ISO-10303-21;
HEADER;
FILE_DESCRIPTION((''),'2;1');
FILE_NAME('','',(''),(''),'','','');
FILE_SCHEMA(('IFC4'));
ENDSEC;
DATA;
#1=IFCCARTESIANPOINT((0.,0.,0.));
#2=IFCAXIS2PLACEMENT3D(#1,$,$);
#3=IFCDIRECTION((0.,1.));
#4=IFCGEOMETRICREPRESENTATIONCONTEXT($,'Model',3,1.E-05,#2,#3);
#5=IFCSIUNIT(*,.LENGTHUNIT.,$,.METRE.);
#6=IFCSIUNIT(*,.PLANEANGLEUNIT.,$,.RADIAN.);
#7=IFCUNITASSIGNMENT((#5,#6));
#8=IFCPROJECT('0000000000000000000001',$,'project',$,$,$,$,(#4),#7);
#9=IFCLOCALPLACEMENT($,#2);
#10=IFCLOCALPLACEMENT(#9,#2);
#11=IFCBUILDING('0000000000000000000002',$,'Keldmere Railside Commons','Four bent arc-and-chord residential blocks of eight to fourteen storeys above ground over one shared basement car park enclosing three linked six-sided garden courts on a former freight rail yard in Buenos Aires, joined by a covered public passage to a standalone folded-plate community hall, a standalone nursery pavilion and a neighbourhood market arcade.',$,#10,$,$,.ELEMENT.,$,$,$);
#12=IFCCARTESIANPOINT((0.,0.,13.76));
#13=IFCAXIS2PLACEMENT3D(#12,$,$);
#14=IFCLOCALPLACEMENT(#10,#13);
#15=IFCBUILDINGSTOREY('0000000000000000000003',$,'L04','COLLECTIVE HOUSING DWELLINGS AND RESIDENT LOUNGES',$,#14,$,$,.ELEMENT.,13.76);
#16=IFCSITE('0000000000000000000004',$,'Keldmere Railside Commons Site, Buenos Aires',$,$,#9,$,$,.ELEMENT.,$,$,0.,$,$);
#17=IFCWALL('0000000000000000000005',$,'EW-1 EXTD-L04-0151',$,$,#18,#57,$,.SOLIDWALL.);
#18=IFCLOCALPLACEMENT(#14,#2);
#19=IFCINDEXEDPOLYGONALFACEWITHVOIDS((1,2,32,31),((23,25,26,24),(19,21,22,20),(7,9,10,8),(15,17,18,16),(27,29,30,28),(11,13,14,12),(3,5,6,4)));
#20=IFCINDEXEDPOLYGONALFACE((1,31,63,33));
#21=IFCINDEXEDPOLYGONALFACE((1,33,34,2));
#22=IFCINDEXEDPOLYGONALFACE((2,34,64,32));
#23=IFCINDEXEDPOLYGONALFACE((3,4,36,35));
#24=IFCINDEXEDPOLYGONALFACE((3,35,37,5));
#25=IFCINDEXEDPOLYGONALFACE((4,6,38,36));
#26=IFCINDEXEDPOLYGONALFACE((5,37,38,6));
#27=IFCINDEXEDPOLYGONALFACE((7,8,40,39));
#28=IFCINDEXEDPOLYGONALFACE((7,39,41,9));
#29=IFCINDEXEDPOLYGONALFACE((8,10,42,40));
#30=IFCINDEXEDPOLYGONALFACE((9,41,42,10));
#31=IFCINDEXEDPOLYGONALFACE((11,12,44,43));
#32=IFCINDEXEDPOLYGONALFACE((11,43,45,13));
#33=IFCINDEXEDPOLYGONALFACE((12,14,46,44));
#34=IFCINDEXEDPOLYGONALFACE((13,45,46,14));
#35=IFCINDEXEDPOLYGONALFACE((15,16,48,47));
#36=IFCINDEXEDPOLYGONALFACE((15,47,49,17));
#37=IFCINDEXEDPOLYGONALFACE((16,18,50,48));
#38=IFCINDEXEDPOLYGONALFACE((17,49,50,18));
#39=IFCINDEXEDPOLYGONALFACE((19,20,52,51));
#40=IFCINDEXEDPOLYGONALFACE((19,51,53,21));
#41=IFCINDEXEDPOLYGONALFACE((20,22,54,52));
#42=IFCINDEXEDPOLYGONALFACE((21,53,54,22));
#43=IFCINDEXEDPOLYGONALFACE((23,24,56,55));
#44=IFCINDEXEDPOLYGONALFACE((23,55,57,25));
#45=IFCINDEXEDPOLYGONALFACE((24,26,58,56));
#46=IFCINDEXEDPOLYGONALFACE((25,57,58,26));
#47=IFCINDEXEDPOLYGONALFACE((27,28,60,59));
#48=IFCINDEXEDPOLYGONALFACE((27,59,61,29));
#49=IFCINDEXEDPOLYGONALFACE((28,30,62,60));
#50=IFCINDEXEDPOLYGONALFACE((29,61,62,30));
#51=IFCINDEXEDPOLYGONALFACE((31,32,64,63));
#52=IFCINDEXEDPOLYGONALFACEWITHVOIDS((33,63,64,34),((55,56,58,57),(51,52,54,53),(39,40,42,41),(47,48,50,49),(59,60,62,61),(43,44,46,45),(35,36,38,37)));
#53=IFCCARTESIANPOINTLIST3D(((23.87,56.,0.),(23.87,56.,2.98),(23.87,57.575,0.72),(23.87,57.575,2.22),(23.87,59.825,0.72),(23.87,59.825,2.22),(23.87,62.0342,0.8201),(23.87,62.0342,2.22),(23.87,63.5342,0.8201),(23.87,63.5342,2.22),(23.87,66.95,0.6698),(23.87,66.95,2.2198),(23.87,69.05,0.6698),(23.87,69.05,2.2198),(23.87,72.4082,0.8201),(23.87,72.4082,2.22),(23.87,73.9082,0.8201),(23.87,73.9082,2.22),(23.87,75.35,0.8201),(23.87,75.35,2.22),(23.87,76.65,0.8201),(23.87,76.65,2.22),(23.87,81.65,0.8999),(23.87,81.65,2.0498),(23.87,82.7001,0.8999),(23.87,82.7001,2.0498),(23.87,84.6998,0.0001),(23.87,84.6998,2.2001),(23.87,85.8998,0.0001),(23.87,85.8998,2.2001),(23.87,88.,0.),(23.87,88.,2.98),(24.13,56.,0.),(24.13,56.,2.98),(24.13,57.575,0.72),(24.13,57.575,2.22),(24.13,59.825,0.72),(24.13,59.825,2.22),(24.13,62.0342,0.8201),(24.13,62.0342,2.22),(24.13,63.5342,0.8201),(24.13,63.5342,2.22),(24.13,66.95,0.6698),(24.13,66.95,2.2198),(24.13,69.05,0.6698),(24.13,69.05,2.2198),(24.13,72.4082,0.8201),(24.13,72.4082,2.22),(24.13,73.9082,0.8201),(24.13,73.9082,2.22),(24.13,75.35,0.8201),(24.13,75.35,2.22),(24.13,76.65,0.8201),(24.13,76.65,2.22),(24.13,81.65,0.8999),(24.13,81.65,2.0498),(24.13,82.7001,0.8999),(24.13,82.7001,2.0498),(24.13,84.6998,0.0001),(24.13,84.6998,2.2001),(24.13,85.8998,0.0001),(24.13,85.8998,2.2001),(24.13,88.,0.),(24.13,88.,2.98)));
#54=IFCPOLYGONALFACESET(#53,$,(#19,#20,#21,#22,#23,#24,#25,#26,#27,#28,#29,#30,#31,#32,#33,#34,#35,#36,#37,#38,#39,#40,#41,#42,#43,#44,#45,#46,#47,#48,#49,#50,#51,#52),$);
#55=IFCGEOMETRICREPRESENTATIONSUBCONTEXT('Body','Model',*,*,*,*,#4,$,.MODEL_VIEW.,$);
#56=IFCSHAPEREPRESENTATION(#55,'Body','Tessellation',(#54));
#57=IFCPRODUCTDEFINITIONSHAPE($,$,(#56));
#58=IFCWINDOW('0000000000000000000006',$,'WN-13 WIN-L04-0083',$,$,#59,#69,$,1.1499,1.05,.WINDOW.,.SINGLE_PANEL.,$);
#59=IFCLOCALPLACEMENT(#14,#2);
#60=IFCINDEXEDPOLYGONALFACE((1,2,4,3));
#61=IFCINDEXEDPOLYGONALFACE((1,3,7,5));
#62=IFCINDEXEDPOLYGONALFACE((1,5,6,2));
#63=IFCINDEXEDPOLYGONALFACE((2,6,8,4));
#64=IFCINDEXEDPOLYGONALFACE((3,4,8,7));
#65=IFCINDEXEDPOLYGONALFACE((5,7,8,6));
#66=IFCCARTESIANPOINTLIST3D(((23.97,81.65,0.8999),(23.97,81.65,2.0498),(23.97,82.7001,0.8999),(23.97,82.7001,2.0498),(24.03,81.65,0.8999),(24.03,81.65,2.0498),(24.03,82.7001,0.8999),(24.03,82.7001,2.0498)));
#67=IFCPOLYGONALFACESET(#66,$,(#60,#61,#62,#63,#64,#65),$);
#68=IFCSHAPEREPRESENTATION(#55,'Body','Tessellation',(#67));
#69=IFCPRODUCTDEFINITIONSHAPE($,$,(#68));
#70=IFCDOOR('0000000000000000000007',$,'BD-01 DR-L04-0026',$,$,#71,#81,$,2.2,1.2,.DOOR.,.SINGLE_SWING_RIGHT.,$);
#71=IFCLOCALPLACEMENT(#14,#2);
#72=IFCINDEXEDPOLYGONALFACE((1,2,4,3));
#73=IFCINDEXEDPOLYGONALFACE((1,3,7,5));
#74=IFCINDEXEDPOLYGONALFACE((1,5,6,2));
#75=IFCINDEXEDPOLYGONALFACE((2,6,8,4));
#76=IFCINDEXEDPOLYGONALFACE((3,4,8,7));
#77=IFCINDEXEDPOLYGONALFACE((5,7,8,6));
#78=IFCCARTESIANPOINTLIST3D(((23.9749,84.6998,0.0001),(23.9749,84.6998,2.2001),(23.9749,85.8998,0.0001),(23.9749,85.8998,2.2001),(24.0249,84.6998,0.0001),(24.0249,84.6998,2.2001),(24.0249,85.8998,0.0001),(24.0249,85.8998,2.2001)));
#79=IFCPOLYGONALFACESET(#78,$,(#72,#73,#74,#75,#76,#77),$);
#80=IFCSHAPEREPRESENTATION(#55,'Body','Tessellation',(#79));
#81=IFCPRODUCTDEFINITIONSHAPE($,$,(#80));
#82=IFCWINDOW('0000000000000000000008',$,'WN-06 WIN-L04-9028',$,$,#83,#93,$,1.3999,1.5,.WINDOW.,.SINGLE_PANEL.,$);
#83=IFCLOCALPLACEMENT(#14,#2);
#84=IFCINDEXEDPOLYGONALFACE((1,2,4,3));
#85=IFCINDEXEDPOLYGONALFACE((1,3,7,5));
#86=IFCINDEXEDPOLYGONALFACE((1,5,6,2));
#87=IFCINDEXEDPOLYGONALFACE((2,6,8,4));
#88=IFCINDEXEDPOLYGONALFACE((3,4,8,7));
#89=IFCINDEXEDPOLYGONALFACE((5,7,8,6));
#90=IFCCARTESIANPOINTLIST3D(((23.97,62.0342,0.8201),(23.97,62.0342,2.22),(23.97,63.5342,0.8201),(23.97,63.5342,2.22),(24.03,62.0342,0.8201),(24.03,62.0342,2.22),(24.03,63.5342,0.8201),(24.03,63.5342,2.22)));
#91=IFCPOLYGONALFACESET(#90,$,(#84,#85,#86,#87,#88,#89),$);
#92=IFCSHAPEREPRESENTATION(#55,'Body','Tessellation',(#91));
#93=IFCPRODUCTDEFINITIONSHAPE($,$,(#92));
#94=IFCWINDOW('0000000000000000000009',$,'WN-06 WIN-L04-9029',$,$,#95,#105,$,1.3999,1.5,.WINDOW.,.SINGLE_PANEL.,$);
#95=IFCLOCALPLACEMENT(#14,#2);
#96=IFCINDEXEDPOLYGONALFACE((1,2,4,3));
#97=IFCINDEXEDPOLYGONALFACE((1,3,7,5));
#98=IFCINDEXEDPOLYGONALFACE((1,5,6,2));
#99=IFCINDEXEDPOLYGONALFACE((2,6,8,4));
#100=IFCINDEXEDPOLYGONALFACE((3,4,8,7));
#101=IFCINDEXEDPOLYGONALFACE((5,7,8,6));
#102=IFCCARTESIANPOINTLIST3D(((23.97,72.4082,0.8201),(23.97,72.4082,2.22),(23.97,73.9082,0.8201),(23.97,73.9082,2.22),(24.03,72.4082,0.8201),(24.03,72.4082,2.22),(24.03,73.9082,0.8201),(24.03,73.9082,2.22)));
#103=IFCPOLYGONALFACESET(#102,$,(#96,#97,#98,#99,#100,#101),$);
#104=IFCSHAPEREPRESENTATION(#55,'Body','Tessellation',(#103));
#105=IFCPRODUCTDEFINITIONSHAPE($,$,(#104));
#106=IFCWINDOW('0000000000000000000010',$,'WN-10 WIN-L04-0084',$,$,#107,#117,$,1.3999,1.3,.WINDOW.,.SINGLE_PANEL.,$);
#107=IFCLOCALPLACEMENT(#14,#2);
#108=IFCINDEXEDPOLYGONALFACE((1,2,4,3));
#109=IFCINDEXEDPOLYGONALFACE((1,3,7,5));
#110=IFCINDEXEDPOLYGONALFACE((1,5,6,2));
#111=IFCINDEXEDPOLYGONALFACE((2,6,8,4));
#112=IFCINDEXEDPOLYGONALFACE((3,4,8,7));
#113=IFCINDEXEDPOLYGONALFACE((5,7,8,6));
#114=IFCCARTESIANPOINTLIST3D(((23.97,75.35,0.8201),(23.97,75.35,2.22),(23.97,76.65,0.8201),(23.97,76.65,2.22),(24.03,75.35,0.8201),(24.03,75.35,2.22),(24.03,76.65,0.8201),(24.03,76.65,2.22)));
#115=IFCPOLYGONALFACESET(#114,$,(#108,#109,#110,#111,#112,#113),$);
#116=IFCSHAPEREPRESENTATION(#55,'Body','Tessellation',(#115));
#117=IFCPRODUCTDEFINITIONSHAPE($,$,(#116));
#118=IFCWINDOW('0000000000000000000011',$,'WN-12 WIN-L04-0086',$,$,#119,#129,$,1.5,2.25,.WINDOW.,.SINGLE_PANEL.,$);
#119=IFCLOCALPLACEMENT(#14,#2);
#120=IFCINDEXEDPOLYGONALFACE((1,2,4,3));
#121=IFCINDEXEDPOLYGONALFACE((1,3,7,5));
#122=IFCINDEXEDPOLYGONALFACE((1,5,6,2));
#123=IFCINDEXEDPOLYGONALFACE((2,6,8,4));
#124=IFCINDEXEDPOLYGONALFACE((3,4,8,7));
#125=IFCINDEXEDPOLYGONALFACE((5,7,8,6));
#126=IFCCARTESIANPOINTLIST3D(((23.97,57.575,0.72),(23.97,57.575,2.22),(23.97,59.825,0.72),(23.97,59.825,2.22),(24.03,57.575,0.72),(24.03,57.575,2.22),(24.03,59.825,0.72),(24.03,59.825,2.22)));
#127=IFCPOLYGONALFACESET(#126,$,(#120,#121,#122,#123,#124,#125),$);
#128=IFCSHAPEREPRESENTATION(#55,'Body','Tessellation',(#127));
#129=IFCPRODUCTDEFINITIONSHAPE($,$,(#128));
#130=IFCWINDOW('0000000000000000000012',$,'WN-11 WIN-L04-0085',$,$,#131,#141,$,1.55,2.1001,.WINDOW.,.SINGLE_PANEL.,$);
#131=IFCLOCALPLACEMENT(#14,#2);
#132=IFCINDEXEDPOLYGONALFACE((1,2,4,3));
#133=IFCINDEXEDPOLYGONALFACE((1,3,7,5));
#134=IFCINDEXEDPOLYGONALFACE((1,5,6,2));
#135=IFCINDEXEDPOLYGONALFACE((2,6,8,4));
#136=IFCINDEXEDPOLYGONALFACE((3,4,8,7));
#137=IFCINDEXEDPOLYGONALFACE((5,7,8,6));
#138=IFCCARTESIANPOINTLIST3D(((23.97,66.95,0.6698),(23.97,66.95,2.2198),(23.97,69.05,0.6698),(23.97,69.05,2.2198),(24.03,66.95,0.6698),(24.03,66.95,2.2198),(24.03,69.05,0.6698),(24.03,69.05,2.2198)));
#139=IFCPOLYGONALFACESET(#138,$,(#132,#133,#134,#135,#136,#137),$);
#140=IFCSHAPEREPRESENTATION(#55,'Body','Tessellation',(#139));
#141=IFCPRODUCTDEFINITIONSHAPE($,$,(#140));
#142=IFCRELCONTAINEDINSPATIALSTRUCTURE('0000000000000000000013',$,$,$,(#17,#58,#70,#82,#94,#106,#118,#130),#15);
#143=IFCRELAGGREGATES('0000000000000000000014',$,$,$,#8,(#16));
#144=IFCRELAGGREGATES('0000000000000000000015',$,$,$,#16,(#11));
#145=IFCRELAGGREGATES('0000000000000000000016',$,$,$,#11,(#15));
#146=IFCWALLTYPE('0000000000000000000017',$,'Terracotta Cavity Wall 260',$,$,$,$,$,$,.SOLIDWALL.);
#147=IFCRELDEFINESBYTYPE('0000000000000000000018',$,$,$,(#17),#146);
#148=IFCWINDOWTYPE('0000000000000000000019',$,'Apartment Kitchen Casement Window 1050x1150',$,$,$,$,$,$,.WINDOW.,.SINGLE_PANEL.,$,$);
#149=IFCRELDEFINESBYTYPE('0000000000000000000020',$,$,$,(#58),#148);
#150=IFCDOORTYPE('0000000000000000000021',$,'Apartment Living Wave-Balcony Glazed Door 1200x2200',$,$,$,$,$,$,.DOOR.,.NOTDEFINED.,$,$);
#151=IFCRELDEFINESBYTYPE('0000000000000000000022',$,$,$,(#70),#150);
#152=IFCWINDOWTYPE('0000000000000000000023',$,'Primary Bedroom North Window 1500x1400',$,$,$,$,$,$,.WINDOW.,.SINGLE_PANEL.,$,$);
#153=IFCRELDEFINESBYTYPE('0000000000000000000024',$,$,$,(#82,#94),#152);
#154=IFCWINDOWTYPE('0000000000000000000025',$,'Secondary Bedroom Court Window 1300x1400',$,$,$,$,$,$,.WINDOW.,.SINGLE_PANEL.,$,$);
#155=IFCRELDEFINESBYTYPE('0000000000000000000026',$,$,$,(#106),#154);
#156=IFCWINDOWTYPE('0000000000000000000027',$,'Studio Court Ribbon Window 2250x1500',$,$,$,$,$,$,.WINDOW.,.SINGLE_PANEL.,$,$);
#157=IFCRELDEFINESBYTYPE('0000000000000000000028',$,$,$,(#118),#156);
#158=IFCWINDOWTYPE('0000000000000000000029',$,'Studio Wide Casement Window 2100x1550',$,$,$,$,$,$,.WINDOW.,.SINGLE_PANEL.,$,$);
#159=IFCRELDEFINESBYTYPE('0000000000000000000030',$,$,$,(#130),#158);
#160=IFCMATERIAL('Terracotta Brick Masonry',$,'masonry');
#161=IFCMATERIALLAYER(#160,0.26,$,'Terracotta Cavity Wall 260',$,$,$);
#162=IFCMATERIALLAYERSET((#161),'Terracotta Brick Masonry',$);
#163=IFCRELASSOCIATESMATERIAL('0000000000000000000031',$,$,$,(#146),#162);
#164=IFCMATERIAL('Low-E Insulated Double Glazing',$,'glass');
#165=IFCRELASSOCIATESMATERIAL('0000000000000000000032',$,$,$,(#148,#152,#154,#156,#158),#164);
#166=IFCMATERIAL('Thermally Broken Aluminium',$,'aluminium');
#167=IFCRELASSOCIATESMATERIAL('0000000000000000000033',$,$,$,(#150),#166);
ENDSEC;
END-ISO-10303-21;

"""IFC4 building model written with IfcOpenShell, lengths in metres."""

from ifc_helpers import new_model, si_unit, direction, frame, frame_2d, origin, place, context, subcontext, project, spatial, rectangle, extrude, material, layer, layer_set, type_object, element, fill, save


model = new_model("IFC4")

# Units and contexts
model_context = context("Model", 3, precision=1e-05, world=origin(), true_north=direction((0.0, 1.0)))
body_context = subcontext(model_context, "Body", "Model", "MODEL_VIEW")
ifc_project = project(units=[si_unit("LENGTHUNIT", "METRE"), si_unit("PLANEANGLEUNIT", "RADIAN")], contexts=[model_context])

# Site, building, storey
site_placement = place(None, origin())
site = spatial("IfcSite", under=ifc_project, at=site_placement, Name="Keldmere Railside Commons Site, Buenos Aires", CompositionType="ELEMENT", RefElevation=0.0)
building_placement = place(site_placement, origin())
building = spatial("IfcBuilding", under=site, at=building_placement, Name="Keldmere Railside Commons", Description="Four bent arc-and-chord residential blocks of eight to fourteen storeys above ground over one shared basement car park enclosing three linked six-sided garden courts on a former freight rail yard in Buenos Aires, joined by a covered public passage to a standalone folded-plate community hall, a standalone nursery pavilion and a neighbourhood market arcade.", CompositionType="ELEMENT")
storey_placement = place(building_placement, frame((0.0, 0.0, 13.76)))
storey = spatial("IfcBuildingStorey", under=building, at=storey_placement, Name="L04", Description="COLLECTIVE HOUSING DWELLINGS AND RESIDENT LOUNGES", CompositionType="ELEMENT", Elevation=13.76)

# Shared definitions
ifc_material_1 = material(Name="Thermally Broken Aluminium", Category="aluminium")

# Wall, openings, windows, door
ifc_material_2 = material(Name="Terracotta Brick Masonry", Category="masonry")
ifc_layer_1 = layer(ifc_material_2, 0.26, Name="Terracotta Cavity Wall 260")
ifc_layer_set_1 = layer_set([ifc_layer_1], Name="Terracotta Brick Masonry")
wall_type = type_object("IfcWallType", Name="Terracotta Cavity Wall 260", PredefinedType="SOLIDWALL", material=ifc_layer_set_1)
wall_placement = place(storey_placement, frame((24.0, 88.0, 0.0), z_axis=(0.0, 0.0, 1.0), x_axis=(0.0, -1.0, 0.0)))
wall = element("IfcWall", 1, at=wall_placement, inside=storey, type_object=wall_type, Name="EW-1 EXTD-L04-0151", PredefinedType="SOLIDWALL", context=body_context, shape_type="SweptSolid", body=[
    extrude(rectangle(XDim=32.0, YDim=0.26, at=frame_2d((16.0, 0.0))), origin(), (0.0, 0.0, 1.0), 2.98),
])
opening_1_placement = place(wall_placement, frame((2.1001, 0.0, 0.0)))
opening_1 = element("IfcOpeningElement", 2, at=opening_1_placement, cuts=wall, PredefinedType="OPENING", context=body_context, shape_type="SweptSolid", body=[
    extrude(rectangle(XDim=1.2, YDim=2.2, at=frame_2d((0.6001, 1.1001))), frame((0.0, 0.1399, 0.0), z_axis=(0.0, -1.0, 0.0), x_axis=(1.0, 0.0, 0.0)), (0.0, 0.0, 1.0), 0.28),
])
opening_2_placement = place(wall_placement, frame((5.3, 0.0, 0.8999)))
opening_2 = element("IfcOpeningElement", 3, at=opening_2_placement, cuts=wall, PredefinedType="OPENING", context=body_context, shape_type="SweptSolid", body=[
    extrude(rectangle(XDim=1.05, YDim=1.1499, at=frame_2d((0.5249, 0.575))), frame((0.0, 0.1399, 0.0), z_axis=(0.0, -1.0, 0.0), x_axis=(1.0, 0.0, 0.0)), (0.0, 0.0, 1.0), 0.28),
])
opening_3_placement = place(wall_placement, frame((11.3501, 0.0, 0.8201)))
opening_3 = element("IfcOpeningElement", 4, at=opening_3_placement, cuts=wall, PredefinedType="OPENING", context=body_context, shape_type="SweptSolid", body=[
    extrude(rectangle(XDim=1.3, YDim=1.3999, at=frame_2d((0.6499, 0.7))), frame((0.0, 0.1399, 0.0), z_axis=(0.0, -1.0, 0.0), x_axis=(1.0, 0.0, 0.0)), (0.0, 0.0, 1.0), 0.28),
])
opening_4_placement = place(wall_placement, frame((18.95, 0.0, 0.6699)))
opening_4 = element("IfcOpeningElement", 5, at=opening_4_placement, cuts=wall, PredefinedType="OPENING", context=body_context, shape_type="SweptSolid", body=[
    extrude(rectangle(XDim=2.1001, YDim=1.55, at=frame_2d((1.05, 0.7749))), frame((0.0, 0.1399, 0.0), z_axis=(0.0, -1.0, 0.0), x_axis=(1.0, 0.0, 0.0)), (0.0, 0.0, 1.0), 0.28),
])
opening_5_placement = place(wall_placement, frame((28.175, 0.0, 0.72)))
opening_5 = element("IfcOpeningElement", 6, at=opening_5_placement, cuts=wall, PredefinedType="OPENING", context=body_context, shape_type="SweptSolid", body=[
    extrude(rectangle(XDim=2.25, YDim=1.5, at=frame_2d((1.125, 0.75))), frame((0.0, 0.1399, 0.0), z_axis=(0.0, -1.0, 0.0), x_axis=(1.0, 0.0, 0.0)), (0.0, 0.0, 1.0), 0.28),
])
opening_6_placement = place(wall_placement, frame((24.4658, 0.0, 0.8201)))
opening_6 = element("IfcOpeningElement", 7, at=opening_6_placement, cuts=wall, PredefinedType="OPENING", context=body_context, shape_type="SweptSolid", body=[
    extrude(rectangle(XDim=1.5, YDim=1.3999, at=frame_2d((0.75, 0.7))), frame((0.0, 0.1399, 0.0), z_axis=(0.0, -1.0, 0.0), x_axis=(1.0, 0.0, 0.0)), (0.0, 0.0, 1.0), 0.28),
])
opening_7_placement = place(wall_placement, frame((14.0918, 0.0, 0.8201)))
opening_7 = element("IfcOpeningElement", 8, at=opening_7_placement, cuts=wall, PredefinedType="OPENING", context=body_context, shape_type="SweptSolid", body=[
    extrude(rectangle(XDim=1.5, YDim=1.3999, at=frame_2d((0.75, 0.7))), frame((0.0, 0.1399, 0.0), z_axis=(0.0, -1.0, 0.0), x_axis=(1.0, 0.0, 0.0)), (0.0, 0.0, 1.0), 0.28),
])
ifc_material_3 = material(Name="Low-E Insulated Double Glazing", Category="glass")
window_type_1 = type_object("IfcWindowType", Name="Apartment Kitchen Casement Window 1050x1150", PartitioningType="SINGLE_PANEL", PredefinedType="WINDOW", material=ifc_material_3)
window_1_placement = place(opening_2_placement, origin())
window_1 = element("IfcWindow", 9, at=window_1_placement, inside=storey, type_object=window_type_1, Name="WN-13 WIN-L04-0083", OverallHeight=1.1499, OverallWidth=1.05, PartitioningType="SINGLE_PANEL", PredefinedType="WINDOW", context=body_context, shape_type="SweptSolid", body=[
    extrude(rectangle(XDim=1.05, YDim=1.1499, at=frame_2d((0.5249, 0.575))), frame((0.0, 0.03, 0.0), z_axis=(0.0, -1.0, 0.0), x_axis=(1.0, 0.0, 0.0)), (0.0, 0.0, 1.0), 0.0601),
])
fill(opening_2, window_1)
door_type = type_object("IfcDoorType", Name="Apartment Living Wave-Balcony Glazed Door 1200x2200", OperationType="NOTDEFINED", PredefinedType="DOOR", material=ifc_material_1)
door_placement = place(opening_1_placement, origin())
door = element("IfcDoor", 10, at=door_placement, inside=storey, type_object=door_type, Name="BD-01 DR-L04-0026", OperationType="SINGLE_SWING_RIGHT", OverallHeight=2.2, OverallWidth=1.2, PredefinedType="DOOR", context=body_context, shape_type="SweptSolid", body=[
    extrude(rectangle(XDim=1.2, YDim=2.2, at=frame_2d((0.6001, 1.1001))), frame((0.0, 0.0249, 0.0), z_axis=(0.0, -1.0, 0.0), x_axis=(1.0, 0.0, 0.0)), (0.0, 0.0, 1.0), 0.05),
])
fill(opening_1, door)
window_type_2 = type_object("IfcWindowType", Name="Primary Bedroom North Window 1500x1400", PartitioningType="SINGLE_PANEL", PredefinedType="WINDOW", material=ifc_material_3)
window_2_placement = place(opening_6_placement, origin())
window_2 = element("IfcWindow", 11, at=window_2_placement, inside=storey, type_object=window_type_2, Name="WN-06 WIN-L04-9028", OverallHeight=1.3999, OverallWidth=1.5, PartitioningType="SINGLE_PANEL", PredefinedType="WINDOW", context=body_context, shape_type="SweptSolid", body=[
    extrude(rectangle(XDim=1.5, YDim=1.3999, at=frame_2d((0.75, 0.7))), frame((0.0, 0.03, 0.0), z_axis=(0.0, -1.0, 0.0), x_axis=(1.0, 0.0, 0.0)), (0.0, 0.0, 1.0), 0.0601),
])
fill(opening_6, window_2)
window_3_placement = place(opening_7_placement, origin())
window_3 = element("IfcWindow", 12, at=window_3_placement, inside=storey, type_object=window_type_2, Name="WN-06 WIN-L04-9029", OverallHeight=1.3999, OverallWidth=1.5, PartitioningType="SINGLE_PANEL", PredefinedType="WINDOW", context=body_context, shape_type="SweptSolid", body=[
    extrude(rectangle(XDim=1.5, YDim=1.3999, at=frame_2d((0.75, 0.7))), frame((0.0, 0.03, 0.0), z_axis=(0.0, -1.0, 0.0), x_axis=(1.0, 0.0, 0.0)), (0.0, 0.0, 1.0), 0.0601),
])
fill(opening_7, window_3)
window_type_3 = type_object("IfcWindowType", Name="Secondary Bedroom Court Window 1300x1400", PartitioningType="SINGLE_PANEL", PredefinedType="WINDOW", material=ifc_material_3)
window_4_placement = place(opening_3_placement, origin())
window_4 = element("IfcWindow", 13, at=window_4_placement, inside=storey, type_object=window_type_3, Name="WN-10 WIN-L04-0084", OverallHeight=1.3999, OverallWidth=1.3, PartitioningType="SINGLE_PANEL", PredefinedType="WINDOW", context=body_context, shape_type="SweptSolid", body=[
    extrude(rectangle(XDim=1.3, YDim=1.3999, at=frame_2d((0.6499, 0.7))), frame((0.0, 0.03, 0.0), z_axis=(0.0, -1.0, 0.0), x_axis=(1.0, 0.0, 0.0)), (0.0, 0.0, 1.0), 0.0601),
])
fill(opening_3, window_4)
window_type_4 = type_object("IfcWindowType", Name="Studio Court Ribbon Window 2250x1500", PartitioningType="SINGLE_PANEL", PredefinedType="WINDOW", material=ifc_material_3)
window_5_placement = place(opening_5_placement, origin())
window_5 = element("IfcWindow", 14, at=window_5_placement, inside=storey, type_object=window_type_4, Name="WN-12 WIN-L04-0086", OverallHeight=1.5, OverallWidth=2.25, PartitioningType="SINGLE_PANEL", PredefinedType="WINDOW", context=body_context, shape_type="SweptSolid", body=[
    extrude(rectangle(XDim=2.25, YDim=1.5, at=frame_2d((1.125, 0.75))), frame((0.0, 0.03, 0.0), z_axis=(0.0, -1.0, 0.0), x_axis=(1.0, 0.0, 0.0)), (0.0, 0.0, 1.0), 0.0601),
])
fill(opening_5, window_5)
window_type_5 = type_object("IfcWindowType", Name="Studio Wide Casement Window 2100x1550", PartitioningType="SINGLE_PANEL", PredefinedType="WINDOW", material=ifc_material_3)
window_6_placement = place(opening_4_placement, origin())
window_6 = element("IfcWindow", 15, at=window_6_placement, inside=storey, type_object=window_type_5, Name="WN-11 WIN-L04-0085", OverallHeight=1.55, OverallWidth=2.1001, PartitioningType="SINGLE_PANEL", PredefinedType="WINDOW", context=body_context, shape_type="SweptSolid", body=[
    extrude(rectangle(XDim=2.1001, YDim=1.55, at=frame_2d((1.05, 0.7749))), frame((0.0, 0.03, 0.0), z_axis=(0.0, -1.0, 0.0), x_axis=(1.0, 0.0, 0.0)), (0.0, 0.0, 1.0), 0.0601),
])
fill(opening_4, window_6)

save(model, "model.ifc")
